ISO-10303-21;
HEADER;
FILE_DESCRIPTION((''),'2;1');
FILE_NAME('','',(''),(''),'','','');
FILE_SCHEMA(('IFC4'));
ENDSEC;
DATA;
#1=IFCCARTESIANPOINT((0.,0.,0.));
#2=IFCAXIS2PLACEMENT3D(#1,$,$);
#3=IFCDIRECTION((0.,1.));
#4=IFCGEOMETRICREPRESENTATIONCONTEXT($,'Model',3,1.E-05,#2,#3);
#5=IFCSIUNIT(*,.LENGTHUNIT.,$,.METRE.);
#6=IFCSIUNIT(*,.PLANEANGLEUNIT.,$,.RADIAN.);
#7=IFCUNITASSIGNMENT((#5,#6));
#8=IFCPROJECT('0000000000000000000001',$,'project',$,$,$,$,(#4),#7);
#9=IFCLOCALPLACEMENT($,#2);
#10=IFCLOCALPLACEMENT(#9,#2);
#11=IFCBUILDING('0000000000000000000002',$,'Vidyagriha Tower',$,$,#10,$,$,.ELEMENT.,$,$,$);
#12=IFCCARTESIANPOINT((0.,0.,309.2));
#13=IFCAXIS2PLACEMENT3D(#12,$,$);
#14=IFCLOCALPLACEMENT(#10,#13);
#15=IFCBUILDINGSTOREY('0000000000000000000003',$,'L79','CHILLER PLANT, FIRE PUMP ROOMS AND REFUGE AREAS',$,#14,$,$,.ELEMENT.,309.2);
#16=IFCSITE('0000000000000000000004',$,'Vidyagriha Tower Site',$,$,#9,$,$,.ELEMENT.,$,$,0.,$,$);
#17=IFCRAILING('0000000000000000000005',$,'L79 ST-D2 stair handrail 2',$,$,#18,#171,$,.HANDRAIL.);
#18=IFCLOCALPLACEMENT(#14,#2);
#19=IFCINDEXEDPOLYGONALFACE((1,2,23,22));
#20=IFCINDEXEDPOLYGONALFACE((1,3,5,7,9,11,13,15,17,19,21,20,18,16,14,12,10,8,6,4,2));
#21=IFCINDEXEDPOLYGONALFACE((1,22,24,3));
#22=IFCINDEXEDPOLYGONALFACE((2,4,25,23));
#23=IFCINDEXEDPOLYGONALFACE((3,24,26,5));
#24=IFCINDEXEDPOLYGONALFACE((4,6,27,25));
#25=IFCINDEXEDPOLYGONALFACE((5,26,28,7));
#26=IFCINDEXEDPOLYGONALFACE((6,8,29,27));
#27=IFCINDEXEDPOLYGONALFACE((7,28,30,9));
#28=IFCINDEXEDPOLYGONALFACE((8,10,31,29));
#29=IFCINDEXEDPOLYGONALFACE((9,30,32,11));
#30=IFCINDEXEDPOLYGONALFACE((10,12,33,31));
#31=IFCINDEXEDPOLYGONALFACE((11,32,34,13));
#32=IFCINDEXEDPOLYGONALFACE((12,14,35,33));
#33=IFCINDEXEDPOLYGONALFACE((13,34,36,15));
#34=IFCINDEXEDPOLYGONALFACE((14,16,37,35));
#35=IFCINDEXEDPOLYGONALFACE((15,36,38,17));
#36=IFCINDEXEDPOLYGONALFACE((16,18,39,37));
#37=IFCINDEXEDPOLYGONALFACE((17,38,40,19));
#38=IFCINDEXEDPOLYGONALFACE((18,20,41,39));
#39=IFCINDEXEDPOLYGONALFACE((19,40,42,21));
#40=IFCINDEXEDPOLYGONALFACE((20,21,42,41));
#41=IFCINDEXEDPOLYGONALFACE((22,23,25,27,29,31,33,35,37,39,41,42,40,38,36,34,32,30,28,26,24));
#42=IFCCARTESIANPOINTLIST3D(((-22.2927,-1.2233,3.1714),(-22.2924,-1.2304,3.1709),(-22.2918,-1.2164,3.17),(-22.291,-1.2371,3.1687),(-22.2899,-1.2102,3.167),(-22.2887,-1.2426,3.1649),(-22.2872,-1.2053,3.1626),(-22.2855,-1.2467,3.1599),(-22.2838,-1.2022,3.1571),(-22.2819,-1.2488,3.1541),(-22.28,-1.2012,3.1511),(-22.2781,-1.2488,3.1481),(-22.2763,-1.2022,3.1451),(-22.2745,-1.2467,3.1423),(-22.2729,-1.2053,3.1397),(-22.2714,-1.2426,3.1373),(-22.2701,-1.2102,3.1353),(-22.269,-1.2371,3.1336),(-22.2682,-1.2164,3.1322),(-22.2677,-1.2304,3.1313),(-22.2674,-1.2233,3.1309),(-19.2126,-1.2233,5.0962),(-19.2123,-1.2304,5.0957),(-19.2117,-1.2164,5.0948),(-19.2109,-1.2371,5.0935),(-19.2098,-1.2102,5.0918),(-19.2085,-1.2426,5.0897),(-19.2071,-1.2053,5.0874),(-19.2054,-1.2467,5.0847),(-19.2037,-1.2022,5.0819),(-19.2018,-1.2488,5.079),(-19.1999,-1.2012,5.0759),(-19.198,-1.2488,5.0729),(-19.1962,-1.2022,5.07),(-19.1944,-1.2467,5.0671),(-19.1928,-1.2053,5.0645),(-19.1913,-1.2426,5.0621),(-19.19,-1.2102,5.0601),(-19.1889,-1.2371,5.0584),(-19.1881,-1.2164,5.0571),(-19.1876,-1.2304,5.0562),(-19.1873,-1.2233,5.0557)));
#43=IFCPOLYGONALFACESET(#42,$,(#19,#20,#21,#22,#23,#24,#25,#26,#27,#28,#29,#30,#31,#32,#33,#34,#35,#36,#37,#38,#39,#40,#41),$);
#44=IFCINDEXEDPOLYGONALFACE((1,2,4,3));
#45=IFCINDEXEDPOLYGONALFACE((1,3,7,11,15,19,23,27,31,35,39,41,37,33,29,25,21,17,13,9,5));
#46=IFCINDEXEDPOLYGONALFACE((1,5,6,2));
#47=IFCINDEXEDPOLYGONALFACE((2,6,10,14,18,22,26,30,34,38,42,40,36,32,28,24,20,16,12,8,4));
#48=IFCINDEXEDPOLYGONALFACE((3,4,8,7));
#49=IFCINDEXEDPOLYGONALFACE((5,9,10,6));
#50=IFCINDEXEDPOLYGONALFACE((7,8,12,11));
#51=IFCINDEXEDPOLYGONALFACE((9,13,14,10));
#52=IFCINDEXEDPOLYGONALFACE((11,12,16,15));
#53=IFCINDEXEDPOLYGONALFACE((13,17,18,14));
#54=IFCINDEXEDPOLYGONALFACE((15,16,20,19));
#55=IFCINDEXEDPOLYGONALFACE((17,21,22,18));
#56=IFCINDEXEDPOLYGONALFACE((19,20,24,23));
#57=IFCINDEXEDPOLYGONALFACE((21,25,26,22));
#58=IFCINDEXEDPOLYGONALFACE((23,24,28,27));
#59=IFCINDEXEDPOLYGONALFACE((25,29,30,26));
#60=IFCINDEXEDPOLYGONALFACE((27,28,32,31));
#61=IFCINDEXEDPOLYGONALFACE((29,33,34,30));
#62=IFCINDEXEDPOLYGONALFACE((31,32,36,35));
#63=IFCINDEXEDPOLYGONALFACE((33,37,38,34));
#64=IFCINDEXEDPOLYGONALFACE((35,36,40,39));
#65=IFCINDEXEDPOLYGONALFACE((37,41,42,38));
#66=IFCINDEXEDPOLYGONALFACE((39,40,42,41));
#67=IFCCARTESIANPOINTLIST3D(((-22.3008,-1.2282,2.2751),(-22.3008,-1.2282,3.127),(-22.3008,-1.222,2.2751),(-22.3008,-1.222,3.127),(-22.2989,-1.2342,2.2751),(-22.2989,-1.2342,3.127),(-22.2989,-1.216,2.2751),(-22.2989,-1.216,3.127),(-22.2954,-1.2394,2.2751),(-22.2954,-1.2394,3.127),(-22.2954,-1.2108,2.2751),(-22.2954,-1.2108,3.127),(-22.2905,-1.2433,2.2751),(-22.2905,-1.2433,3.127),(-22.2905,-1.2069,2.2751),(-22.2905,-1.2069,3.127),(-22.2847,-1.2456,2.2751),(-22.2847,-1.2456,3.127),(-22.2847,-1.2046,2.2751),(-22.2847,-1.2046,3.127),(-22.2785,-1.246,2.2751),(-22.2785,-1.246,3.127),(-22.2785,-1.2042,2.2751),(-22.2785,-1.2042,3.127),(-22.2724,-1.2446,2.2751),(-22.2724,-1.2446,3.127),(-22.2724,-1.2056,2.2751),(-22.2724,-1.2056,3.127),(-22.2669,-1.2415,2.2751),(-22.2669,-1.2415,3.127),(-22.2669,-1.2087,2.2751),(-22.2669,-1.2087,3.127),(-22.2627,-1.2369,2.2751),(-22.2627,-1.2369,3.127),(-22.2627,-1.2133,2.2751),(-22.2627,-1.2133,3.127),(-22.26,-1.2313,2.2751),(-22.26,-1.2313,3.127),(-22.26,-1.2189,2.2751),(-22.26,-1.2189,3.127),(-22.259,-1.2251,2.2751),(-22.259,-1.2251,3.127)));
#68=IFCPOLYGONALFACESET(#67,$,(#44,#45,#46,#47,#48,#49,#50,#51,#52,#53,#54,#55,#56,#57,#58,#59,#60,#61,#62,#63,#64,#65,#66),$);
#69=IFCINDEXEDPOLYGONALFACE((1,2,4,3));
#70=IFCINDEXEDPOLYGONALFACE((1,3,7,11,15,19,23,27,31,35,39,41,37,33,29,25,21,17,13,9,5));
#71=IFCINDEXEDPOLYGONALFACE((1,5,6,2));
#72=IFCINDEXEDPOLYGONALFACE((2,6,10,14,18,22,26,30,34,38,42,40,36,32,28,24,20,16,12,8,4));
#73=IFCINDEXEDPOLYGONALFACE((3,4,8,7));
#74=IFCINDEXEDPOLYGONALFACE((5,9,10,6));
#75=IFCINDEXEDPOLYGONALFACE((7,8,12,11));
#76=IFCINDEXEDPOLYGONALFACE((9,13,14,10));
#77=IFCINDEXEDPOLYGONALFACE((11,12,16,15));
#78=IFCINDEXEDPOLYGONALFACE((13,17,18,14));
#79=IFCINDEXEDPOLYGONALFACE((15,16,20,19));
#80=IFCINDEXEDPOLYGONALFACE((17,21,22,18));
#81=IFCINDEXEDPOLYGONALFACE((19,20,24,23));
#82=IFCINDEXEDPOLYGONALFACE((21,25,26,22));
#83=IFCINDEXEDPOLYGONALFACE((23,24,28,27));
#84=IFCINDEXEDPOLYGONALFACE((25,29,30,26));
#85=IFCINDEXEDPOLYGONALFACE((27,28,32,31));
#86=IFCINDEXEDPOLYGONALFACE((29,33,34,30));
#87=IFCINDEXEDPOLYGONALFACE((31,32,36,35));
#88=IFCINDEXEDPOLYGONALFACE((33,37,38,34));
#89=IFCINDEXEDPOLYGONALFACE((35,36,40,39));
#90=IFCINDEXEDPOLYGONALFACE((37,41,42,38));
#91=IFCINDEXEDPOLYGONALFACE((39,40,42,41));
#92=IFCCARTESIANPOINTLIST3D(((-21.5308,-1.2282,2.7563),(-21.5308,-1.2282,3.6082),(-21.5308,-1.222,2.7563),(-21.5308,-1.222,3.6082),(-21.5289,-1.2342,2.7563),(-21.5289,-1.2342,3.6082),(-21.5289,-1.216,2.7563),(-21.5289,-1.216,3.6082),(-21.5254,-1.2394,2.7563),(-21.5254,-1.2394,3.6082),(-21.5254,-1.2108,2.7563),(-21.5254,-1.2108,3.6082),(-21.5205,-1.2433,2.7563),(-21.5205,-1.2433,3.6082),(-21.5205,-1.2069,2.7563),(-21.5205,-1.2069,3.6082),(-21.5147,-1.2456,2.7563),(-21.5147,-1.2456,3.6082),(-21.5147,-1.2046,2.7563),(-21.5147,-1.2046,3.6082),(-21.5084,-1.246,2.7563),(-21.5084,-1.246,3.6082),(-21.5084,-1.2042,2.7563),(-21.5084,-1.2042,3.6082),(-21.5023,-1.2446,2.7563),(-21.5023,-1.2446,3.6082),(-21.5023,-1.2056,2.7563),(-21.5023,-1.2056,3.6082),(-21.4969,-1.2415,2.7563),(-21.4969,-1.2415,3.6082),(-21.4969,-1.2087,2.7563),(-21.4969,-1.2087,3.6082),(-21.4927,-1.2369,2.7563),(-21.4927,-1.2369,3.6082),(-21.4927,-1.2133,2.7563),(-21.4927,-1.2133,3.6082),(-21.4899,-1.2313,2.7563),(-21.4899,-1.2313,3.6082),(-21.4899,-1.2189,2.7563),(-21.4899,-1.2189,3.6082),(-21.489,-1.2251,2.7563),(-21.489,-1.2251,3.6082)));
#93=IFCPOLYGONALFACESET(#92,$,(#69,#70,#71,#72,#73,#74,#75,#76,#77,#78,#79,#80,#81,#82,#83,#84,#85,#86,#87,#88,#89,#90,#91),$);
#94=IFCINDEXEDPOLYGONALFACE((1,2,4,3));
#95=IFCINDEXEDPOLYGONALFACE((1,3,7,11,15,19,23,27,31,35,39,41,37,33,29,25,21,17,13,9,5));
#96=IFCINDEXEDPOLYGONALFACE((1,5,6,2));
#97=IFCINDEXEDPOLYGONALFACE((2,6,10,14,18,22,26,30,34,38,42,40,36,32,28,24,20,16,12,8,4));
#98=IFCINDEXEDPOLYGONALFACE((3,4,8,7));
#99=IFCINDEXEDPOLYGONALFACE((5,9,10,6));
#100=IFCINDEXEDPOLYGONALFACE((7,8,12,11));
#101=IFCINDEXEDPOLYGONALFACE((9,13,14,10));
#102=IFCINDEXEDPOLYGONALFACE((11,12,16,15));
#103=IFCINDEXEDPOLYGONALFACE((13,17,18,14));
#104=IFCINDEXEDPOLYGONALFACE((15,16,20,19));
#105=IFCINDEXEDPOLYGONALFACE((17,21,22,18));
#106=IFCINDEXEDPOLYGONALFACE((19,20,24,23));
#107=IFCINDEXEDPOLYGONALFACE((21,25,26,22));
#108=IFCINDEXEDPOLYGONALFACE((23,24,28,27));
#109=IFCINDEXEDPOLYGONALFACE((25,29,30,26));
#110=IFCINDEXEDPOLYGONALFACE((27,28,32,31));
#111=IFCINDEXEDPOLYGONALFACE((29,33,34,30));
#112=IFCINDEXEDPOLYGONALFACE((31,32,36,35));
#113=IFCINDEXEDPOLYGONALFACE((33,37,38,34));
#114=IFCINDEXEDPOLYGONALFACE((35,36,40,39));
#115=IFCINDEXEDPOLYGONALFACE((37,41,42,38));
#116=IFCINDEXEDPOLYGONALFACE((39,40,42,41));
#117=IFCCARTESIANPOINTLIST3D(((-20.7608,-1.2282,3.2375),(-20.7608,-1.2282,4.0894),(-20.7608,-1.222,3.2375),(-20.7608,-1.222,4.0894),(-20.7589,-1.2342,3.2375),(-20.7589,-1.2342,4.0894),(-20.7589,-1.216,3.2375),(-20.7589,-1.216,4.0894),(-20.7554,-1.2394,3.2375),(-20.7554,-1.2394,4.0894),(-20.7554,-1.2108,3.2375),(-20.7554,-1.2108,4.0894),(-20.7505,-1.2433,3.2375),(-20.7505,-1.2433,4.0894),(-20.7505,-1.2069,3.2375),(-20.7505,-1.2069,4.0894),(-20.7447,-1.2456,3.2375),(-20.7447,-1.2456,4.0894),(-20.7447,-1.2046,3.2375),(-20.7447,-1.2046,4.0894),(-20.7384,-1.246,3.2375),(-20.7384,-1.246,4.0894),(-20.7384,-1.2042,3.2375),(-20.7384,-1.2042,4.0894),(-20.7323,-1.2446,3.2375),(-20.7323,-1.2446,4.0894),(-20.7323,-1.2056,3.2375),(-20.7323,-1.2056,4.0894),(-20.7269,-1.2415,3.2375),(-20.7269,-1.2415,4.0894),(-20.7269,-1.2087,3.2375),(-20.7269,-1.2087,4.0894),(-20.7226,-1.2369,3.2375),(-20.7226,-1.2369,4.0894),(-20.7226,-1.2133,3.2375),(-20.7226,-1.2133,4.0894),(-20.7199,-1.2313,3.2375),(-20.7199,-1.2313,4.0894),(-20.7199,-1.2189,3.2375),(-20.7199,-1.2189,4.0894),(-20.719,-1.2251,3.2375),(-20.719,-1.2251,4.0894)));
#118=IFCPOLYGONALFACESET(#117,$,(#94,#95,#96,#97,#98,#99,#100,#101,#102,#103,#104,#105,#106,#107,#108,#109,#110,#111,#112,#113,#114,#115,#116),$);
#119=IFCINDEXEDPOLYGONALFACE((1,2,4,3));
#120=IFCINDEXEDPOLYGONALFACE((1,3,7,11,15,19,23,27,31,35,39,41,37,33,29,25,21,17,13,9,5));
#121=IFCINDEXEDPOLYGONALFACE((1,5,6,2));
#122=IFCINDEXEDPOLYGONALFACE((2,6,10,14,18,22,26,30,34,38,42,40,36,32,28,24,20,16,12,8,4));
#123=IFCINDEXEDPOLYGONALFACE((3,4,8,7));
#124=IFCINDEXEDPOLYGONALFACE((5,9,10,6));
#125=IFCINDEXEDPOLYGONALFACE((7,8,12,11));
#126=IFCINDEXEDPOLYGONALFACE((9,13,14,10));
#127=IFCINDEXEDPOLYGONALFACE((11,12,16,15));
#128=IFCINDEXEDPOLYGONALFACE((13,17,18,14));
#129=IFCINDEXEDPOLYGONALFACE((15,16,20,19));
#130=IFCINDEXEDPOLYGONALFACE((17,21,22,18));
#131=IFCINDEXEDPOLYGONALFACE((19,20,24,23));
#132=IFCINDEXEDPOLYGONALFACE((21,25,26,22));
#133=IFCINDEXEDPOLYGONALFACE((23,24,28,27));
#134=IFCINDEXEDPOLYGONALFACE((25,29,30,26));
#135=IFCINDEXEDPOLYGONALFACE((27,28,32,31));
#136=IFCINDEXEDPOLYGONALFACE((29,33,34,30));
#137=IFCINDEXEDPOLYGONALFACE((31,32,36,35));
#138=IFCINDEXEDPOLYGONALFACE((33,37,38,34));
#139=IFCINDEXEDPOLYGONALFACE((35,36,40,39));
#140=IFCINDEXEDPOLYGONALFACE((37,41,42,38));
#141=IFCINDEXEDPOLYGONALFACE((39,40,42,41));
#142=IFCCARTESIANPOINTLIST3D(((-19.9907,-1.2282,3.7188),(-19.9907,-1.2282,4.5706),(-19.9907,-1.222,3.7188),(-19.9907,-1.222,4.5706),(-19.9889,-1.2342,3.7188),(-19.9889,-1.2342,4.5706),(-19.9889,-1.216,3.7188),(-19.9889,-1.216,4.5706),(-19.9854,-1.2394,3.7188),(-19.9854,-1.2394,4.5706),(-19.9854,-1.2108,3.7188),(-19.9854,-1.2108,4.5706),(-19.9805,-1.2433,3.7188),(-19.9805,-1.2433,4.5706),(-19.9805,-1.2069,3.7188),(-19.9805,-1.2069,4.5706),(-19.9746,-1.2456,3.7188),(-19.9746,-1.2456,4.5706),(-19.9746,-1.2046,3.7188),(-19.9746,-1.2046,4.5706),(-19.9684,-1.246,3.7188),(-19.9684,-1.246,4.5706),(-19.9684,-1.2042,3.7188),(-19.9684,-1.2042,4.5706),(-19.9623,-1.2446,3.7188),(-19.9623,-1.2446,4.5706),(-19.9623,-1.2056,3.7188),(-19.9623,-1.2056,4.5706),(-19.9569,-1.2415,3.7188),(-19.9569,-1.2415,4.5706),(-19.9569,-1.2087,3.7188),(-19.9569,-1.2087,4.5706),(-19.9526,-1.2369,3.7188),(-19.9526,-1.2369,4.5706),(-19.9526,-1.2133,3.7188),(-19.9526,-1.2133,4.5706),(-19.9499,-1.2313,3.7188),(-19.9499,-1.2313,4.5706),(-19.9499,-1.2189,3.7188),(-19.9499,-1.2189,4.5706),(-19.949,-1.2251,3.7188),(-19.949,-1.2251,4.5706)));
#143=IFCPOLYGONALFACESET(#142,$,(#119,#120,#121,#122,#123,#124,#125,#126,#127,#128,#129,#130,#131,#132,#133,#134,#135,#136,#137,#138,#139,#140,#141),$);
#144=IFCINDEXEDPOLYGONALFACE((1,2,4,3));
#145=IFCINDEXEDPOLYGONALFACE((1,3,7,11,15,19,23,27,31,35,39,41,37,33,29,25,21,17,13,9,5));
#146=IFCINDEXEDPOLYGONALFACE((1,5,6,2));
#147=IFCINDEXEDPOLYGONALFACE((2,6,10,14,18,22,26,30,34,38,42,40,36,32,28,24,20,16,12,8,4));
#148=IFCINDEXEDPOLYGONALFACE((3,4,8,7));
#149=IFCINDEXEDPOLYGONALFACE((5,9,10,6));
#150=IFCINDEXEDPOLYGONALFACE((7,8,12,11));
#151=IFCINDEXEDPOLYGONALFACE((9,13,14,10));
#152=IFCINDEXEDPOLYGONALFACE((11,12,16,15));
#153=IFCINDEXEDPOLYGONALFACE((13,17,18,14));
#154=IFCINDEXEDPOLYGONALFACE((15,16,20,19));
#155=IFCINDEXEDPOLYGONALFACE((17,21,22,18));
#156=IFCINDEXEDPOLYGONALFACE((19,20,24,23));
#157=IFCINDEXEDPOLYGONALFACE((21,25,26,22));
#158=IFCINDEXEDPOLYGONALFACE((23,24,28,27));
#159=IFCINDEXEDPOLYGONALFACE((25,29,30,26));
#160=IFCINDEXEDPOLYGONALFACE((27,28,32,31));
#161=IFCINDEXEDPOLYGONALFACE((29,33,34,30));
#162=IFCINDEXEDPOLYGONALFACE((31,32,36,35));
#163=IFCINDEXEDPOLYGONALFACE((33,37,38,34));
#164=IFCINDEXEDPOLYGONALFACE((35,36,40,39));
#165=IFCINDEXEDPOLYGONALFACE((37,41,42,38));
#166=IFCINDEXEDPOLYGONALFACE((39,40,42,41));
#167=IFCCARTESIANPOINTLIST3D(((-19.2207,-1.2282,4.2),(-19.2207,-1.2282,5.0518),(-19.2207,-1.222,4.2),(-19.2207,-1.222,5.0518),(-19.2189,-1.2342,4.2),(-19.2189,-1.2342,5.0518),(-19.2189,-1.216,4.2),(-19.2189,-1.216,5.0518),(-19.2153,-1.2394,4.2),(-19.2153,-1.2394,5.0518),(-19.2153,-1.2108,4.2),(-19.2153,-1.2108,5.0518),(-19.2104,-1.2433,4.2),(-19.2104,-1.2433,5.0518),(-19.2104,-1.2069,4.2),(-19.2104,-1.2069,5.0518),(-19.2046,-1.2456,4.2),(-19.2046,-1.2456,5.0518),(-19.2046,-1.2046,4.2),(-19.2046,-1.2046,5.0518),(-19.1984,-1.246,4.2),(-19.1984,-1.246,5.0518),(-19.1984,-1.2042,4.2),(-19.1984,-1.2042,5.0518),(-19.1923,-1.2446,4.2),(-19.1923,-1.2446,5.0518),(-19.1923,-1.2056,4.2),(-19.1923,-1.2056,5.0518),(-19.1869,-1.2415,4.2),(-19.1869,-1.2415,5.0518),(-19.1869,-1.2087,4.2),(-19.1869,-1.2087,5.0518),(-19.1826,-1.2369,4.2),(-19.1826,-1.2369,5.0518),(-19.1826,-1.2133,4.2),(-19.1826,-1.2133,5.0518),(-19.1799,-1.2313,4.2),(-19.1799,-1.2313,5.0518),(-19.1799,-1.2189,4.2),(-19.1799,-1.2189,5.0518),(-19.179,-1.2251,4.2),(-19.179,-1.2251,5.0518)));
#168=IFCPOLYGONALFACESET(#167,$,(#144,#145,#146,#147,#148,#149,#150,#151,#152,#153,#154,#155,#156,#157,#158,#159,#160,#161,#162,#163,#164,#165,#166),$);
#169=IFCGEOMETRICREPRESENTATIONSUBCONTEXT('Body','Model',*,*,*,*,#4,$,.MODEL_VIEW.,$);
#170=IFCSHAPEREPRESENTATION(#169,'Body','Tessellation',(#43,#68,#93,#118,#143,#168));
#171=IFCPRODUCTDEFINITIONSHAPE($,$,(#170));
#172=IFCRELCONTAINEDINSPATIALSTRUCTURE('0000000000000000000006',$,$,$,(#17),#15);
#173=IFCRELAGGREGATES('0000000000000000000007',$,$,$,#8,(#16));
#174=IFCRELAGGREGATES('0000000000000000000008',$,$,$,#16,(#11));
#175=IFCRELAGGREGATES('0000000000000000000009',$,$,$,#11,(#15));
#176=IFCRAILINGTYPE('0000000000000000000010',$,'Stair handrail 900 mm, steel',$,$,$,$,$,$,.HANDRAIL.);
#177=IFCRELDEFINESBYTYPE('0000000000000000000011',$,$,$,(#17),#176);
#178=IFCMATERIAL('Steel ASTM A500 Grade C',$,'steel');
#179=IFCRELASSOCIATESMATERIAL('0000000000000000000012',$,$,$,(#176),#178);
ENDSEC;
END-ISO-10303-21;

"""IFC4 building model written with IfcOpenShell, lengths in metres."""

from ifc_helpers import new_model, si_unit, direction, frame, origin, origin_2d, place, context, subcontext, project, spatial, circle, extrude, material, type_object, element, save


model = new_model("IFC4")

# Units and contexts
model_context = context("Model", 3, precision=1e-05, world=origin(), true_north=direction((0.0, 1.0)))
body_context = subcontext(model_context, "Body", "Model", "MODEL_VIEW")
ifc_project = project(units=[si_unit("LENGTHUNIT", "METRE"), si_unit("PLANEANGLEUNIT", "RADIAN")], contexts=[model_context])

# Site, building, storey
site_placement = place(None, origin())
site = spatial("IfcSite", under=ifc_project, at=site_placement, Name="Vidyagriha Tower Site", CompositionType="ELEMENT", RefElevation=0.0)
building_placement = place(site_placement, origin())
building = spatial("IfcBuilding", under=site, at=building_placement, Name="Vidyagriha Tower", CompositionType="ELEMENT")
storey_placement = place(building_placement, frame((0.0, 0.0, 309.2)))
storey = spatial("IfcBuildingStorey", under=building, at=storey_placement, Name="L79", Description="CHILLER PLANT, FIRE PUMP ROOMS AND REFUGE AREAS", CompositionType="ELEMENT", Elevation=309.2)

# Railing
ifc_material_1 = material(Name="Steel ASTM A500 Grade C", Category="steel")
railing_type_1 = type_object("IfcRailingType", Name="Stair handrail 900 mm, steel", PredefinedType="HANDRAIL", material=ifc_material_1)
railing_1_placement = place(storey_placement, frame((-22.28, -1.2251, 2.2751)))
element("IfcRailing", 1, at=railing_1_placement, inside=storey, type_object=railing_type_1, Name="L79 ST-D2 stair handrail 2", PredefinedType="HANDRAIL", context=body_context, shape_type="SweptSolid", body=[
    extrude(circle(Radius=0.0239, at=origin_2d()), frame((0.0, 0.0, 0.876), z_axis=(0.848029, 0.0, 0.529951), x_axis=(0.0, 1.0, 0.0)), (0.0, 0.0, 1.0), 3.6321),
    extrude(circle(Radius=0.021, at=origin_2d()), origin(), (0.0, 0.0, 1.0), 0.8518),
    extrude(circle(Radius=0.021, at=origin_2d()), frame((0.77, 0.0, 0.4812)), (0.0, 0.0, 1.0), 0.8518),
    extrude(circle(Radius=0.021, at=origin_2d()), frame((1.54, 0.0, 0.9624)), (0.0, 0.0, 1.0), 0.8518),
    extrude(circle(Radius=0.021, at=origin_2d()), frame((2.3101, 0.0, 1.4436)), (0.0, 0.0, 1.0), 0.8518),
    extrude(circle(Radius=0.021, at=origin_2d()), frame((3.0801, 0.0, 1.9248)), (0.0, 0.0, 1.0), 0.8518),
])

save(model, "model.ifc")
